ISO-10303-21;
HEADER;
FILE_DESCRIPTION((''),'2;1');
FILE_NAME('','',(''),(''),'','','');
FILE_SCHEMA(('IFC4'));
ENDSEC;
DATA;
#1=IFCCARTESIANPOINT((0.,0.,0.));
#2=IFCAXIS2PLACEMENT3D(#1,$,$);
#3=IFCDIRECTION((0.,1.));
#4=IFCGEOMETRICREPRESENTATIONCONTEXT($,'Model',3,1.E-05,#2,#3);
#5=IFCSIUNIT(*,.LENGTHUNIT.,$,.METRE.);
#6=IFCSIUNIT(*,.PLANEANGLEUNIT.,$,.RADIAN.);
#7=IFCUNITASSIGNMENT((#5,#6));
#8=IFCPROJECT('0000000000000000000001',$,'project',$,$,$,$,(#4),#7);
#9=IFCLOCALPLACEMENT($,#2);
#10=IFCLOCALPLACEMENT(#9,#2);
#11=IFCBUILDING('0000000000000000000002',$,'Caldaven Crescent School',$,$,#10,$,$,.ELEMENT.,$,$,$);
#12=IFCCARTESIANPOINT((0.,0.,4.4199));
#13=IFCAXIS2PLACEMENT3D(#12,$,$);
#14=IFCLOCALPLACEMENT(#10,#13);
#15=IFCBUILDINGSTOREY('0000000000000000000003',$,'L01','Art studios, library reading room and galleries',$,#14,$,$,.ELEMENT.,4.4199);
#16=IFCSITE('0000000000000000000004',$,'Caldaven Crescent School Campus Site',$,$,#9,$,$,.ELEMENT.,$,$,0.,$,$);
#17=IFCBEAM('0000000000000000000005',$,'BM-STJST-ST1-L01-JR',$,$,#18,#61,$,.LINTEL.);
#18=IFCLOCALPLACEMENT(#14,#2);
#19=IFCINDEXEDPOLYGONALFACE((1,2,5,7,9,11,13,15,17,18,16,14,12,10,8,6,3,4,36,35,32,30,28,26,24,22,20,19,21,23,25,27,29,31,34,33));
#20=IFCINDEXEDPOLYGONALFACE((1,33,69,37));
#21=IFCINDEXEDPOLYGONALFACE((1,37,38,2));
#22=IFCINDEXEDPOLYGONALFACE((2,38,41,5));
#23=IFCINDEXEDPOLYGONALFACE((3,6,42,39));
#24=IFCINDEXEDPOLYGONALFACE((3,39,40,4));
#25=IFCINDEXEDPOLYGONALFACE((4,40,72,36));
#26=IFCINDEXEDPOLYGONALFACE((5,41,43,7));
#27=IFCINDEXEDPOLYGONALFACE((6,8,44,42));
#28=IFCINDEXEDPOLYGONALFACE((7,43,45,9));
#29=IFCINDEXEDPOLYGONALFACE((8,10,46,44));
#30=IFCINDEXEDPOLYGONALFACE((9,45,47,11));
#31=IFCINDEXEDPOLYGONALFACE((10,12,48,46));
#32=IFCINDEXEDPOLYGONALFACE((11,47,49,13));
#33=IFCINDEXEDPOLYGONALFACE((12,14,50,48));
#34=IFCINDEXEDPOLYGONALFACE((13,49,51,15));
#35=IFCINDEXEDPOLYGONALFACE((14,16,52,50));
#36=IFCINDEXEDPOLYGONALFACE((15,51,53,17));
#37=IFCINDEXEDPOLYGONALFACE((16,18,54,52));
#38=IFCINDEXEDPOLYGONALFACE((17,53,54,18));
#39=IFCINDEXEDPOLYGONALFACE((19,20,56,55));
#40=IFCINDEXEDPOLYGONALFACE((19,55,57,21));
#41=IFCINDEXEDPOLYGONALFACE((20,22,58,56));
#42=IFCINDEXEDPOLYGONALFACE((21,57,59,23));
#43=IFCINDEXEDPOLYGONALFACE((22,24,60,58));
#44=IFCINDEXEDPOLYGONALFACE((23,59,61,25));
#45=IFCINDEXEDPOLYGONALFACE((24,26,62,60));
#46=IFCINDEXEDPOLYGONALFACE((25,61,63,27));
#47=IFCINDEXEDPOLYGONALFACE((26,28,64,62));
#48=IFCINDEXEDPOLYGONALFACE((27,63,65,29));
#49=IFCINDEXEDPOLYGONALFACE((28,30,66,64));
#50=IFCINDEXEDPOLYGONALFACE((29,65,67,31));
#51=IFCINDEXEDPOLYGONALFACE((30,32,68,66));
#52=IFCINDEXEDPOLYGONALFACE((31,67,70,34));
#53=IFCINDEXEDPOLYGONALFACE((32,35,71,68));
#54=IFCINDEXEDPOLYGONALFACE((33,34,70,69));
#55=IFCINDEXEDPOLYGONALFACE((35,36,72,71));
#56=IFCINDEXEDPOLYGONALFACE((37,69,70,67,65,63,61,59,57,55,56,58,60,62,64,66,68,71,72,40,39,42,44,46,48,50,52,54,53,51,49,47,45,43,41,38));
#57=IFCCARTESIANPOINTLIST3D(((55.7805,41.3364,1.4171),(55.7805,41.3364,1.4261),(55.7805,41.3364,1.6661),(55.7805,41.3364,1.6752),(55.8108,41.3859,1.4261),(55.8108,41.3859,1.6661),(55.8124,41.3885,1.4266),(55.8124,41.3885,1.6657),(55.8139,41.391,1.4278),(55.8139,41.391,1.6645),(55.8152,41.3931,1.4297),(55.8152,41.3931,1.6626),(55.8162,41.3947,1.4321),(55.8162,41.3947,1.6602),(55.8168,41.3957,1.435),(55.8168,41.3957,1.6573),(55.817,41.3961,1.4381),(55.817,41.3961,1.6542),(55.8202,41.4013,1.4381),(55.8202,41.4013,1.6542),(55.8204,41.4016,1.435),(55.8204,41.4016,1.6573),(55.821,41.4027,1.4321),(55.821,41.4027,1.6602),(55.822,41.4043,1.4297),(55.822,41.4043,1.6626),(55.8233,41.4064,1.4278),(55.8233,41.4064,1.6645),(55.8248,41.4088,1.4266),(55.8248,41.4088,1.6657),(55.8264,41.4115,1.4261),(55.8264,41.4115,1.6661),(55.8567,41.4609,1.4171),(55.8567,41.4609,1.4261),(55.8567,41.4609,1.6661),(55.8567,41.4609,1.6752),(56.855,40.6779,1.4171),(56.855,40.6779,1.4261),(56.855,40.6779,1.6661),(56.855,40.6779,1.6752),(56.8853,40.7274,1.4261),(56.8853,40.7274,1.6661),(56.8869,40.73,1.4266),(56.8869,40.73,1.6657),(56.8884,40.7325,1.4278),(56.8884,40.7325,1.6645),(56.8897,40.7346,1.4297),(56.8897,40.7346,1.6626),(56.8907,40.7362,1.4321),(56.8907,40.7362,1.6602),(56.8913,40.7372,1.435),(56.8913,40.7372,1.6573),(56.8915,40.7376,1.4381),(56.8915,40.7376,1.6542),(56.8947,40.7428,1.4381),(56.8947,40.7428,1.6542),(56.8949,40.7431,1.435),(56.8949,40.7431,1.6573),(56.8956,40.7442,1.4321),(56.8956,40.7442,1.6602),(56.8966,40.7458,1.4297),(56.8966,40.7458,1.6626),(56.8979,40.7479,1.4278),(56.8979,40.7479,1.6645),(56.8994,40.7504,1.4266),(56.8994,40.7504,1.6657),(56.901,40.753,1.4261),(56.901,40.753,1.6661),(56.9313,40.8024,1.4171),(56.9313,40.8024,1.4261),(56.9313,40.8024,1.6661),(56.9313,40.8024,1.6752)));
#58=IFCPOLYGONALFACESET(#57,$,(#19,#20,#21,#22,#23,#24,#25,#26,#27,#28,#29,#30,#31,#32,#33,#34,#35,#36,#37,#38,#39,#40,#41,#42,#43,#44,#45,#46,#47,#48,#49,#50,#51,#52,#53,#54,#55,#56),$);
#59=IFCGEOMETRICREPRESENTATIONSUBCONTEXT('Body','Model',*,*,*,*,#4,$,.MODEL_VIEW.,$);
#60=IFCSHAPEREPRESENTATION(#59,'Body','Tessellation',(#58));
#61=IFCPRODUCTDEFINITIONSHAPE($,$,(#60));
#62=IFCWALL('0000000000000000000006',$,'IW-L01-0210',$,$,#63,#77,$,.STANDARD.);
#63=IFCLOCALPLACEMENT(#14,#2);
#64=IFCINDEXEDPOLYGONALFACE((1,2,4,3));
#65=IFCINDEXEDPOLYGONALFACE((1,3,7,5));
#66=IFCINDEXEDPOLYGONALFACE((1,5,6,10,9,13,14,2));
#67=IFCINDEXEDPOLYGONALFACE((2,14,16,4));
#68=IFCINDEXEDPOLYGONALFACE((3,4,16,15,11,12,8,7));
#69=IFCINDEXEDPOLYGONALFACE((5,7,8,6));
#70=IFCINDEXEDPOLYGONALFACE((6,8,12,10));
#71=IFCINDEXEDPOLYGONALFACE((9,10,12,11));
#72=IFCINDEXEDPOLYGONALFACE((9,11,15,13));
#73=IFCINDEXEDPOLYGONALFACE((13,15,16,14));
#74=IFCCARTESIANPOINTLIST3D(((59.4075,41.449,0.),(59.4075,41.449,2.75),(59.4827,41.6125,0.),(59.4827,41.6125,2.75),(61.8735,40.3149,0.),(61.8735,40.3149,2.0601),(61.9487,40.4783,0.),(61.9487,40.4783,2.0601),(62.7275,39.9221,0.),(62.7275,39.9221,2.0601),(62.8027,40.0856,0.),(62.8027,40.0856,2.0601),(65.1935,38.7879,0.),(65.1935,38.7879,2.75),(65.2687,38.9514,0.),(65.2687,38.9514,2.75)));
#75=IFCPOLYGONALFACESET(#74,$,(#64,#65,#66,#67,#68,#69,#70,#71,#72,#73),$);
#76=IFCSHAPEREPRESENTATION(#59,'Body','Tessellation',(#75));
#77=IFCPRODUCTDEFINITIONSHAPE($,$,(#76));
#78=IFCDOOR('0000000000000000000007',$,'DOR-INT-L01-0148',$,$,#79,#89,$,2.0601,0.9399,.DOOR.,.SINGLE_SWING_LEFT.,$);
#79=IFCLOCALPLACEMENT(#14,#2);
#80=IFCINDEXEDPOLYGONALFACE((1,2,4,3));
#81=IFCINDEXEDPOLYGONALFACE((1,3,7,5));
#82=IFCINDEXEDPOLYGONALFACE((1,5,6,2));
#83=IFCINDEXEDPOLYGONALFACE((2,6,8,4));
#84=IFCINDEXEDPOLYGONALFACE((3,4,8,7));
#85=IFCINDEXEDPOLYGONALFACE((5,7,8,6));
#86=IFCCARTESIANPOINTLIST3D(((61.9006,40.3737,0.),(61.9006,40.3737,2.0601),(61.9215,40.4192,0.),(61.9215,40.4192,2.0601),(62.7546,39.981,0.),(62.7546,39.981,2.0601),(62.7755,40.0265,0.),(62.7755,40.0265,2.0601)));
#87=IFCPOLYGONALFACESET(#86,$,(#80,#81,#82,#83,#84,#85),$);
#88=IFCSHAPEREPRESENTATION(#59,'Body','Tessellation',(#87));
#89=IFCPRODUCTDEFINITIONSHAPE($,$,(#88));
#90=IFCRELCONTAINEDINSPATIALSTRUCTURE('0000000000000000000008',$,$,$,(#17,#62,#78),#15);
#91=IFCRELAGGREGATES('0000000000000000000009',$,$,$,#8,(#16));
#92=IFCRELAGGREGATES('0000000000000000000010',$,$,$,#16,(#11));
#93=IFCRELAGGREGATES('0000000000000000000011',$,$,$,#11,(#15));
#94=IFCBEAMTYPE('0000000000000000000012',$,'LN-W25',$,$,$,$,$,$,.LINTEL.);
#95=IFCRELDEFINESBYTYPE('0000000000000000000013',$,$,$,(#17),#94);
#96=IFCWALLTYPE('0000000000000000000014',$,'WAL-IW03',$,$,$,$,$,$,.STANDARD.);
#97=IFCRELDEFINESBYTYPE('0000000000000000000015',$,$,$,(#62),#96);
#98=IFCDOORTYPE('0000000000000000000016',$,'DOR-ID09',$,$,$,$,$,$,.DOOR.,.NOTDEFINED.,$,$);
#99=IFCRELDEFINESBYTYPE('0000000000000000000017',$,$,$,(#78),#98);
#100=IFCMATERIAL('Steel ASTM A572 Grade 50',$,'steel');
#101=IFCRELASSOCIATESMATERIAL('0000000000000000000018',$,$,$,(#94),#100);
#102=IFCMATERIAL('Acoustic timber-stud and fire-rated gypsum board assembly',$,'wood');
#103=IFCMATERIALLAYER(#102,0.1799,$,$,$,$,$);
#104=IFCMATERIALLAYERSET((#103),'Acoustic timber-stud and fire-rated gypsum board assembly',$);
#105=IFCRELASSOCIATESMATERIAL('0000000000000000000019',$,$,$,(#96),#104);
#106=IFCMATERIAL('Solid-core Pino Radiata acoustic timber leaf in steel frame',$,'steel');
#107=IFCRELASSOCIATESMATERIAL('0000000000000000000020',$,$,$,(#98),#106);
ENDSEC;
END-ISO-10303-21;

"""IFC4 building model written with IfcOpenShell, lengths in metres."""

from ifc_helpers import new_model, si_unit, direction, frame, frame_2d, origin, origin_2d, place, context, subcontext, project, spatial, rectangle, i_section, extrude, material, layer, layer_set, material_profile, profile_set, type_object, element, fill, save


model = new_model("IFC4")

# Units and contexts
model_context = context("Model", 3, precision=1e-05, world=origin(), true_north=direction((0.0, 1.0)))
body_context = subcontext(model_context, "Body", "Model", "MODEL_VIEW")
ifc_project = project(units=[si_unit("LENGTHUNIT", "METRE"), si_unit("PLANEANGLEUNIT", "RADIAN")], contexts=[model_context])

# Site, building, storey
site_placement = place(None, origin())
site = spatial("IfcSite", under=ifc_project, at=site_placement, Name="Caldaven Crescent School Campus Site", CompositionType="ELEMENT", RefElevation=0.0)
building_placement = place(site_placement, origin())
building = spatial("IfcBuilding", under=site, at=building_placement, Name="Caldaven Crescent School", CompositionType="ELEMENT")
storey_placement = place(building_placement, frame((0.0, 0.0, 4.4199)))
storey = spatial("IfcBuildingStorey", under=building, at=storey_placement, Name="L01", Description="Art studios, library reading room and galleries", CompositionType="ELEMENT", Elevation=4.4199)

# Shared definitions
ifc_material_1 = material(Name="Steel ASTM A572 Grade 50", Category="steel")

# Beam
ifc_material_profile_1 = material_profile(ifc_material_1, i_section(OverallWidth=0.146, OverallDepth=0.2581, WebThickness=0.0061, FlangeThickness=0.009, FilletRadius=0.012, at=origin_2d()), Name="W250x33")
ifc_profile_set_1 = profile_set([ifc_material_profile_1], Name="Steel ASTM A572 Grade 50")
beam_type_1 = type_object("IfcBeamType", Name="LN-W25", PredefinedType="LINTEL", material=ifc_profile_set_1)
beam_1_placement = place(storey_placement, frame((55.8186, 41.3987, 1.5461), z_axis=(0.852635, -0.522508, 0.0), x_axis=(0.522508, 0.852635, 0.0)))
element("IfcBeam", 1, at=beam_1_placement, inside=storey, type_object=beam_type_1, Name="BM-STJST-ST1-L01-JR", PredefinedType="LINTEL", context=body_context, shape_type="SweptSolid", body=[
    extrude(i_section(OverallWidth=0.146, OverallDepth=0.2581, WebThickness=0.0061, FlangeThickness=0.009, FilletRadius=0.012, at=origin_2d()), origin(), (0.0, 0.0, 1.0), 1.2603),
])

# Wall, opening, door
ifc_material_2 = material(Name="Acoustic timber-stud and fire-rated gypsum board assembly", Category="wood")
ifc_layer = layer(ifc_material_2, 0.1799)
ifc_layer_set = layer_set([ifc_layer], Name="Acoustic timber-stud and fire-rated gypsum board assembly")
wall_type = type_object("IfcWallType", Name="WAL-IW03", PredefinedType="STANDARD", material=ifc_layer_set)
wall_placement = place(storey_placement, frame((59.4451, 41.5308, 0.0), z_axis=(0.0, 0.0, 1.0), x_axis=(0.90852, -0.417842, 0.0)))
wall = element("IfcWall", 2, at=wall_placement, inside=storey, type_object=wall_type, Name="IW-L01-0210", PredefinedType="STANDARD", context=body_context, shape_type="SweptSolid", body=[
    extrude(rectangle(XDim=6.3687, YDim=0.1799, at=frame_2d((3.1843, 0.0))), origin(), (0.0, 0.0, 1.0), 2.75),
])
opening_placement = place(wall_placement, frame((2.7144, 0.0, 0.0)))
opening = element("IfcOpeningElement", 3, at=opening_placement, cuts=wall, PredefinedType="OPENING", context=body_context, shape_type="SweptSolid", body=[
    extrude(rectangle(XDim=0.9399, YDim=2.0601, at=frame_2d((0.47, 1.03))), frame((0.0, 0.0999, 0.0), z_axis=(0.0, -1.0, 0.0), x_axis=(1.0, 0.0, 0.0)), (0.0, 0.0, 1.0), 0.2),
])
ifc_material_3 = material(Name="Solid-core Pino Radiata acoustic timber leaf in steel frame", Category="steel")
door_type = type_object("IfcDoorType", Name="DOR-ID09", OperationType="NOTDEFINED", PredefinedType="DOOR", material=ifc_material_3)
door_placement = place(opening_placement, origin())
door = element("IfcDoor", 4, at=door_placement, inside=storey, type_object=door_type, Name="DOR-INT-L01-0148", OperationType="SINGLE_SWING_LEFT", OverallHeight=2.0601, OverallWidth=0.9399, PredefinedType="DOOR", context=body_context, shape_type="SweptSolid", body=[
    extrude(rectangle(XDim=0.9399, YDim=2.0601, at=frame_2d((0.47, 1.03))), frame((0.0, 0.0249, 0.0), z_axis=(0.0, -1.0, 0.0), x_axis=(1.0, 0.0, 0.0)), (0.0, 0.0, 1.0), 0.05),
])
fill(opening, door)

save(model, "model.ifc")
